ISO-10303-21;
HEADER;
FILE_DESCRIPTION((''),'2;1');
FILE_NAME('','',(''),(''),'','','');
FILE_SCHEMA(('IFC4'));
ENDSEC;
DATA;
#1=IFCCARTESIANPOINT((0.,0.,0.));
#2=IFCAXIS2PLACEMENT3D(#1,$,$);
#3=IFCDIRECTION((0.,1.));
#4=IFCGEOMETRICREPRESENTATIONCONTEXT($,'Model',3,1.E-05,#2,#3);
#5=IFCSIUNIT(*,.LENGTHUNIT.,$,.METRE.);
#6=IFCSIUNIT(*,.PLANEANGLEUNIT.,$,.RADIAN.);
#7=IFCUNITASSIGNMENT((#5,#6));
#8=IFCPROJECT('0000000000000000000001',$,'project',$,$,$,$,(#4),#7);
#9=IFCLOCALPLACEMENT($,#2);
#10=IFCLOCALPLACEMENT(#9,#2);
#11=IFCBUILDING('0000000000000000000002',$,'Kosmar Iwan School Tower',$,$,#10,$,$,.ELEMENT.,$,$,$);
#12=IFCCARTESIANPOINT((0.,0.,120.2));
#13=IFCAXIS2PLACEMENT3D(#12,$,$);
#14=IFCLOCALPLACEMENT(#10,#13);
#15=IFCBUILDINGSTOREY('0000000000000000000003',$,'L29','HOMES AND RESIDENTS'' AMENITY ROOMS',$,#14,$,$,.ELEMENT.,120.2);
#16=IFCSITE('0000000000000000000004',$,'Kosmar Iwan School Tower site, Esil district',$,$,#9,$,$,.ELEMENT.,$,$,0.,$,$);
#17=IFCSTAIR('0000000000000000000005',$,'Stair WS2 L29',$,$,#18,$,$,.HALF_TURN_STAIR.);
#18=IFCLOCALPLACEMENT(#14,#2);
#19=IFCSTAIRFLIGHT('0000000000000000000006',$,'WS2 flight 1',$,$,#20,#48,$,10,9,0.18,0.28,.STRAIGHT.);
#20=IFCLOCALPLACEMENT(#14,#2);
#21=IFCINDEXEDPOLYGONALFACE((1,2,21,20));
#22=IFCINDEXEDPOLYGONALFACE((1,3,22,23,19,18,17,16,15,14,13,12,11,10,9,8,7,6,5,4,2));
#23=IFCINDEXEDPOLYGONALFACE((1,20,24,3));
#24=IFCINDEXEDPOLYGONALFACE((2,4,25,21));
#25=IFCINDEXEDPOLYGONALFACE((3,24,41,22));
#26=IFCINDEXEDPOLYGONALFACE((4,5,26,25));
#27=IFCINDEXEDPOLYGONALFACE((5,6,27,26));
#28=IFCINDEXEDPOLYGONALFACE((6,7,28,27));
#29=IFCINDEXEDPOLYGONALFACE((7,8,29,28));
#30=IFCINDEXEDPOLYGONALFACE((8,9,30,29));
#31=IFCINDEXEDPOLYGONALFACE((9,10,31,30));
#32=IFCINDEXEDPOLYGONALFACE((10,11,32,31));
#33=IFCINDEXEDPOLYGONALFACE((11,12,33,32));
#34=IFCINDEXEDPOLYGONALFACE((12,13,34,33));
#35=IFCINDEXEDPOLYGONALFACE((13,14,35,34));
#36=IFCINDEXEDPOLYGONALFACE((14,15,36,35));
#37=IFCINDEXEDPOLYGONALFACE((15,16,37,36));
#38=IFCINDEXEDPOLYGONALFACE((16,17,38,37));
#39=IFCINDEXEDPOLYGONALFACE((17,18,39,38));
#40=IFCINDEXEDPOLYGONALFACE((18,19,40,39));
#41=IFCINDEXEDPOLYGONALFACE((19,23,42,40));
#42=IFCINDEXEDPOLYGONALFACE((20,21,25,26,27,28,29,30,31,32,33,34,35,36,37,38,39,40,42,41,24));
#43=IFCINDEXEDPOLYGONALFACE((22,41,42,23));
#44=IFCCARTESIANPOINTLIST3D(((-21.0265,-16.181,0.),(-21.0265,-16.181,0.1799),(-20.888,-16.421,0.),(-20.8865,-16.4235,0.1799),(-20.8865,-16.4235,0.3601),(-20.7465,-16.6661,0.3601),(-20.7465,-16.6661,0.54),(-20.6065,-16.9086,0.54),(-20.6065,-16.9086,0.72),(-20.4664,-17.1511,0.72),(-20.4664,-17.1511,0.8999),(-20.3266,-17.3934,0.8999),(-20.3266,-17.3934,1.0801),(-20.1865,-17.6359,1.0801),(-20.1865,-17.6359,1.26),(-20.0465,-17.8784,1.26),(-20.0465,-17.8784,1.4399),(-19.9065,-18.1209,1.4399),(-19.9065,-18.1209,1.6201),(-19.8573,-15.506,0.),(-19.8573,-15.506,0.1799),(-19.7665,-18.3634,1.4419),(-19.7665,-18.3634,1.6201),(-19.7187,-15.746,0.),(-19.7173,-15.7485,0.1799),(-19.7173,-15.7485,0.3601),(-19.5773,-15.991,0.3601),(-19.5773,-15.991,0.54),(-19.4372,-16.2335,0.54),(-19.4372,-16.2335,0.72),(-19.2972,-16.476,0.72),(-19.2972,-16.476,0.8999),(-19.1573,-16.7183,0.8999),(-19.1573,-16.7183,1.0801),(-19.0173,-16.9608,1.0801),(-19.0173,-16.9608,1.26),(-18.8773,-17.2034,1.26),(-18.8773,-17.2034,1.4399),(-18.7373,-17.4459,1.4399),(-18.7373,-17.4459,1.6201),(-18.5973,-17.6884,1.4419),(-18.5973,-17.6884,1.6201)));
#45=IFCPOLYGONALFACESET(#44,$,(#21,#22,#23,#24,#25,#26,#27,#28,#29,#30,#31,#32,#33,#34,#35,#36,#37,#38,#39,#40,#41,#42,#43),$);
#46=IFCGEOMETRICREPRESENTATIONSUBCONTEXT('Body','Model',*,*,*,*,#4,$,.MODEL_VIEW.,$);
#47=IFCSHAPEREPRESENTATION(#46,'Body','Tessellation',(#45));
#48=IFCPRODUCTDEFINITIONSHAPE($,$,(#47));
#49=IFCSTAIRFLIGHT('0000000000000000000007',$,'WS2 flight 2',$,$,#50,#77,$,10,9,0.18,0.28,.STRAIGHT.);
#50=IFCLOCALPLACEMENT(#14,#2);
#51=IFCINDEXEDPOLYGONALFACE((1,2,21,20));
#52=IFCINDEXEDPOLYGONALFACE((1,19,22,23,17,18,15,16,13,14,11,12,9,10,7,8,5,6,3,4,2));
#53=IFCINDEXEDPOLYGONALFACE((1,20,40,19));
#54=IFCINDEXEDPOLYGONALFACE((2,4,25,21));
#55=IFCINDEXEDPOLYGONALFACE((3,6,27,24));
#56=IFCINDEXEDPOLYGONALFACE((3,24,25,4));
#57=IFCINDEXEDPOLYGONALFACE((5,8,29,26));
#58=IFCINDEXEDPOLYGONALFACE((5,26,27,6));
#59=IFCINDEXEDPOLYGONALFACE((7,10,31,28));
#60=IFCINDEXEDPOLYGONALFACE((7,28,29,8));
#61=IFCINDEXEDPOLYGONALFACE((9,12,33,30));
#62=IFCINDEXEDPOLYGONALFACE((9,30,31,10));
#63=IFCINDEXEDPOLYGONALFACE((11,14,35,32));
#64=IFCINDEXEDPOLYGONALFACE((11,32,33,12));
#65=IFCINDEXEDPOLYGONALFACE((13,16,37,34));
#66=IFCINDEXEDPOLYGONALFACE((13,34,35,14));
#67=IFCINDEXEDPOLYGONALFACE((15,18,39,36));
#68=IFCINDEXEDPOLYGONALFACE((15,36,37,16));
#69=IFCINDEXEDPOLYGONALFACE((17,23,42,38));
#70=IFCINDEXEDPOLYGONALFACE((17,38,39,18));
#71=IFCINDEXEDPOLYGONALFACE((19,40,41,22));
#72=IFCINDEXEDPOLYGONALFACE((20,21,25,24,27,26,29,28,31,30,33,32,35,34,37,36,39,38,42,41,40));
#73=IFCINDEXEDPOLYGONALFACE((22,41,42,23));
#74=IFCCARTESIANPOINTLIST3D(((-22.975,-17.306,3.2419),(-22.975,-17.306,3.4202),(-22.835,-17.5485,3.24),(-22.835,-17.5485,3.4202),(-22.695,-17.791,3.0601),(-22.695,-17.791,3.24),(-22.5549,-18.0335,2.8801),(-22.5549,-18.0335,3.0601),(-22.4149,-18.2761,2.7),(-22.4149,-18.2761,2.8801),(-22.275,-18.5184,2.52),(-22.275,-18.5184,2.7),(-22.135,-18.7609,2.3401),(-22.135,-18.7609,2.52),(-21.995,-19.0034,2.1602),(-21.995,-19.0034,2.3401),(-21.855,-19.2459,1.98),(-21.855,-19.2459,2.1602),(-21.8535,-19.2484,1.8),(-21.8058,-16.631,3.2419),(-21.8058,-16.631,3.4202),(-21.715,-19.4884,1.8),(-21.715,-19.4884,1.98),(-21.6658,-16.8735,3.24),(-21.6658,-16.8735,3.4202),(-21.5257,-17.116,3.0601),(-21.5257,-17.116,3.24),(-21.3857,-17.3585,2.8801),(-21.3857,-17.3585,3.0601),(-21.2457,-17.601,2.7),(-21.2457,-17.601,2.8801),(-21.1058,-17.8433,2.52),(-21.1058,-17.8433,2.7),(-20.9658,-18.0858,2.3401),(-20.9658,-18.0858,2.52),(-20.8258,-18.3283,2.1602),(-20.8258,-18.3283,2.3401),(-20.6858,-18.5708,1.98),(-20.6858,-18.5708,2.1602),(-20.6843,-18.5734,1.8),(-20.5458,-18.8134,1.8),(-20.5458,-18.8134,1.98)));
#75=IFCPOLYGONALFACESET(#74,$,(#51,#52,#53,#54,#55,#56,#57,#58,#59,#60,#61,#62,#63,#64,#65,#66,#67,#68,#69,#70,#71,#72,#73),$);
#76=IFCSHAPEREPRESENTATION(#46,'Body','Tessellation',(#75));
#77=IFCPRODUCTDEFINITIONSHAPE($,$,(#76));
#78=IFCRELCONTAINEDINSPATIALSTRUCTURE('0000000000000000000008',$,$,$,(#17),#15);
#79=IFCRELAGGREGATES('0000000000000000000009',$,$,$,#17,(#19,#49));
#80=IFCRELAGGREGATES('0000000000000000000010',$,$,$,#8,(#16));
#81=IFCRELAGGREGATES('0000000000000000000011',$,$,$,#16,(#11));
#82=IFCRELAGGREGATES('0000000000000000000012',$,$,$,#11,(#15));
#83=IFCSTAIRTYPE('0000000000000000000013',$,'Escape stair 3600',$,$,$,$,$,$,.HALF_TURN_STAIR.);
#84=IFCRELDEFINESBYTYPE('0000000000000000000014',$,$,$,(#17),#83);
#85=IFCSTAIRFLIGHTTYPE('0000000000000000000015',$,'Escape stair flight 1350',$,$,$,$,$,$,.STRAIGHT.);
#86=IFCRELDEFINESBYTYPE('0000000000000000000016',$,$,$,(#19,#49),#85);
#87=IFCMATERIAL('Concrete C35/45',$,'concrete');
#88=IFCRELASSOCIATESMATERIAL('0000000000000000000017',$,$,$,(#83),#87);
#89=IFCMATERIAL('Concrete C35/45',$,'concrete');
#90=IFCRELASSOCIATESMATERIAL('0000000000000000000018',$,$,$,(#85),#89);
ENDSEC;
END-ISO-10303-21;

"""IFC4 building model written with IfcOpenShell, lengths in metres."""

from ifc_helpers import new_model, si_unit, direction, frame, origin, place, context, subcontext, project, spatial, polyline, outline, extrude, material, type_object, element, aggregate, save


model = new_model("IFC4")

# Units and contexts
model_context = context("Model", 3, precision=1e-05, world=origin(), true_north=direction((0.0, 1.0)))
body_context = subcontext(model_context, "Body", "Model", "MODEL_VIEW")
ifc_project = project(units=[si_unit("LENGTHUNIT", "METRE"), si_unit("PLANEANGLEUNIT", "RADIAN")], contexts=[model_context])

# Site, building, storey
site_placement = place(None, origin())
site = spatial("IfcSite", under=ifc_project, at=site_placement, Name="Kosmar Iwan School Tower site, Esil district", CompositionType="ELEMENT", RefElevation=0.0)
building_placement = place(site_placement, origin())
building = spatial("IfcBuilding", under=site, at=building_placement, Name="Kosmar Iwan School Tower", CompositionType="ELEMENT")
storey_placement = place(building_placement, frame((0.0, 0.0, 120.2)))
storey = spatial("IfcBuildingStorey", under=building, at=storey_placement, Name="L29", Description="HOMES AND RESIDENTS' AMENITY ROOMS", CompositionType="ELEMENT", Elevation=120.2)

# Stair, stair flights
ifc_material_1 = material(Name="Concrete C35/45", Category="concrete")
stair_type = type_object("IfcStairType", Name="Escape stair 3600", PredefinedType="HALF_TURN_STAIR", material=ifc_material_1)
stair_placement = place(storey_placement, origin())
stair = element("IfcStair", 1, at=stair_placement, inside=storey, type_object=stair_type, Name="Stair WS2 L29", PredefinedType="HALF_TURN_STAIR")
ifc_material_2 = material(Name="Concrete C35/45", Category="concrete")
stair_flight_type = type_object("IfcStairFlightType", Name="Escape stair flight 1350", PredefinedType="STRAIGHT", material=ifc_material_2)
stair_flight_1_placement = place(storey_placement, frame((-20.4419, -15.8435, 0.0), z_axis=(0.0, 0.0, 1.0), x_axis=(0.5, -0.866025, 0.0)))
stair_flight_1 = element("IfcStairFlight", 2, at=stair_flight_1_placement, type_object=stair_flight_type, Name="WS2 flight 1", NumberOfRisers=10, NumberOfTreads=9, PredefinedType="STRAIGHT", RiserHeight=0.18, TreadLength=0.28, context=body_context, shape_type="SweptSolid", body=[
    extrude(outline(polyline([(0.0, 0.0), (0.0, 0.1799), (0.28, 0.1799), (0.28, 0.3601), (0.5601, 0.3601), (0.5601, 0.54), (0.8401, 0.54), (0.8401, 0.72), (1.1201, 0.72), (1.1201, 0.8999), (1.3999, 0.8999), (1.3999, 1.0801), (1.6799, 1.0801), (1.6799, 1.26), (1.96, 1.26), (1.96, 1.4399), (2.24, 1.4399), (2.24, 1.6201), (2.52, 1.6201), (2.52, 1.8), (2.52, 1.4419), (0.2771, 0.0), (0.0, 0.0)])), frame((0.0, 0.675, 0.0), z_axis=(0.0, -1.0, 0.0), x_axis=(1.0, 0.0, 0.0)), (0.0, 0.0, 1.0), 1.3501),
])
stair_flight_2_placement = place(storey_placement, frame((-21.1304, -19.1509, 1.8), z_axis=(0.0, 0.0, 1.0), x_axis=(-0.5, 0.866025, 0.0)))
stair_flight_2 = element("IfcStairFlight", 3, at=stair_flight_2_placement, type_object=stair_flight_type, Name="WS2 flight 2", NumberOfRisers=10, NumberOfTreads=9, PredefinedType="STRAIGHT", RiserHeight=0.18, TreadLength=0.28, context=body_context, shape_type="SweptSolid", body=[
    extrude(outline(polyline([(0.0, 0.0), (0.0, 0.1799), (0.28, 0.1799), (0.28, 0.3601), (0.5601, 0.3601), (0.5601, 0.54), (0.8401, 0.54), (0.8401, 0.72), (1.1201, 0.72), (1.1201, 0.8999), (1.3999, 0.8999), (1.3999, 1.0801), (1.6799, 1.0801), (1.6799, 1.26), (1.96, 1.26), (1.96, 1.4399), (2.24, 1.4399), (2.24, 1.6201), (2.52, 1.6201), (2.52, 1.8), (2.52, 1.4419), (0.2771, 0.0), (0.0, 0.0)])), frame((0.0, 0.675, 0.0), z_axis=(0.0, -1.0, 0.0), x_axis=(1.0, 0.0, 0.0)), (0.0, 0.0, 1.0), 1.3501),
])
aggregate(stair, [stair_flight_1, stair_flight_2])

save(model, "model.ifc")
